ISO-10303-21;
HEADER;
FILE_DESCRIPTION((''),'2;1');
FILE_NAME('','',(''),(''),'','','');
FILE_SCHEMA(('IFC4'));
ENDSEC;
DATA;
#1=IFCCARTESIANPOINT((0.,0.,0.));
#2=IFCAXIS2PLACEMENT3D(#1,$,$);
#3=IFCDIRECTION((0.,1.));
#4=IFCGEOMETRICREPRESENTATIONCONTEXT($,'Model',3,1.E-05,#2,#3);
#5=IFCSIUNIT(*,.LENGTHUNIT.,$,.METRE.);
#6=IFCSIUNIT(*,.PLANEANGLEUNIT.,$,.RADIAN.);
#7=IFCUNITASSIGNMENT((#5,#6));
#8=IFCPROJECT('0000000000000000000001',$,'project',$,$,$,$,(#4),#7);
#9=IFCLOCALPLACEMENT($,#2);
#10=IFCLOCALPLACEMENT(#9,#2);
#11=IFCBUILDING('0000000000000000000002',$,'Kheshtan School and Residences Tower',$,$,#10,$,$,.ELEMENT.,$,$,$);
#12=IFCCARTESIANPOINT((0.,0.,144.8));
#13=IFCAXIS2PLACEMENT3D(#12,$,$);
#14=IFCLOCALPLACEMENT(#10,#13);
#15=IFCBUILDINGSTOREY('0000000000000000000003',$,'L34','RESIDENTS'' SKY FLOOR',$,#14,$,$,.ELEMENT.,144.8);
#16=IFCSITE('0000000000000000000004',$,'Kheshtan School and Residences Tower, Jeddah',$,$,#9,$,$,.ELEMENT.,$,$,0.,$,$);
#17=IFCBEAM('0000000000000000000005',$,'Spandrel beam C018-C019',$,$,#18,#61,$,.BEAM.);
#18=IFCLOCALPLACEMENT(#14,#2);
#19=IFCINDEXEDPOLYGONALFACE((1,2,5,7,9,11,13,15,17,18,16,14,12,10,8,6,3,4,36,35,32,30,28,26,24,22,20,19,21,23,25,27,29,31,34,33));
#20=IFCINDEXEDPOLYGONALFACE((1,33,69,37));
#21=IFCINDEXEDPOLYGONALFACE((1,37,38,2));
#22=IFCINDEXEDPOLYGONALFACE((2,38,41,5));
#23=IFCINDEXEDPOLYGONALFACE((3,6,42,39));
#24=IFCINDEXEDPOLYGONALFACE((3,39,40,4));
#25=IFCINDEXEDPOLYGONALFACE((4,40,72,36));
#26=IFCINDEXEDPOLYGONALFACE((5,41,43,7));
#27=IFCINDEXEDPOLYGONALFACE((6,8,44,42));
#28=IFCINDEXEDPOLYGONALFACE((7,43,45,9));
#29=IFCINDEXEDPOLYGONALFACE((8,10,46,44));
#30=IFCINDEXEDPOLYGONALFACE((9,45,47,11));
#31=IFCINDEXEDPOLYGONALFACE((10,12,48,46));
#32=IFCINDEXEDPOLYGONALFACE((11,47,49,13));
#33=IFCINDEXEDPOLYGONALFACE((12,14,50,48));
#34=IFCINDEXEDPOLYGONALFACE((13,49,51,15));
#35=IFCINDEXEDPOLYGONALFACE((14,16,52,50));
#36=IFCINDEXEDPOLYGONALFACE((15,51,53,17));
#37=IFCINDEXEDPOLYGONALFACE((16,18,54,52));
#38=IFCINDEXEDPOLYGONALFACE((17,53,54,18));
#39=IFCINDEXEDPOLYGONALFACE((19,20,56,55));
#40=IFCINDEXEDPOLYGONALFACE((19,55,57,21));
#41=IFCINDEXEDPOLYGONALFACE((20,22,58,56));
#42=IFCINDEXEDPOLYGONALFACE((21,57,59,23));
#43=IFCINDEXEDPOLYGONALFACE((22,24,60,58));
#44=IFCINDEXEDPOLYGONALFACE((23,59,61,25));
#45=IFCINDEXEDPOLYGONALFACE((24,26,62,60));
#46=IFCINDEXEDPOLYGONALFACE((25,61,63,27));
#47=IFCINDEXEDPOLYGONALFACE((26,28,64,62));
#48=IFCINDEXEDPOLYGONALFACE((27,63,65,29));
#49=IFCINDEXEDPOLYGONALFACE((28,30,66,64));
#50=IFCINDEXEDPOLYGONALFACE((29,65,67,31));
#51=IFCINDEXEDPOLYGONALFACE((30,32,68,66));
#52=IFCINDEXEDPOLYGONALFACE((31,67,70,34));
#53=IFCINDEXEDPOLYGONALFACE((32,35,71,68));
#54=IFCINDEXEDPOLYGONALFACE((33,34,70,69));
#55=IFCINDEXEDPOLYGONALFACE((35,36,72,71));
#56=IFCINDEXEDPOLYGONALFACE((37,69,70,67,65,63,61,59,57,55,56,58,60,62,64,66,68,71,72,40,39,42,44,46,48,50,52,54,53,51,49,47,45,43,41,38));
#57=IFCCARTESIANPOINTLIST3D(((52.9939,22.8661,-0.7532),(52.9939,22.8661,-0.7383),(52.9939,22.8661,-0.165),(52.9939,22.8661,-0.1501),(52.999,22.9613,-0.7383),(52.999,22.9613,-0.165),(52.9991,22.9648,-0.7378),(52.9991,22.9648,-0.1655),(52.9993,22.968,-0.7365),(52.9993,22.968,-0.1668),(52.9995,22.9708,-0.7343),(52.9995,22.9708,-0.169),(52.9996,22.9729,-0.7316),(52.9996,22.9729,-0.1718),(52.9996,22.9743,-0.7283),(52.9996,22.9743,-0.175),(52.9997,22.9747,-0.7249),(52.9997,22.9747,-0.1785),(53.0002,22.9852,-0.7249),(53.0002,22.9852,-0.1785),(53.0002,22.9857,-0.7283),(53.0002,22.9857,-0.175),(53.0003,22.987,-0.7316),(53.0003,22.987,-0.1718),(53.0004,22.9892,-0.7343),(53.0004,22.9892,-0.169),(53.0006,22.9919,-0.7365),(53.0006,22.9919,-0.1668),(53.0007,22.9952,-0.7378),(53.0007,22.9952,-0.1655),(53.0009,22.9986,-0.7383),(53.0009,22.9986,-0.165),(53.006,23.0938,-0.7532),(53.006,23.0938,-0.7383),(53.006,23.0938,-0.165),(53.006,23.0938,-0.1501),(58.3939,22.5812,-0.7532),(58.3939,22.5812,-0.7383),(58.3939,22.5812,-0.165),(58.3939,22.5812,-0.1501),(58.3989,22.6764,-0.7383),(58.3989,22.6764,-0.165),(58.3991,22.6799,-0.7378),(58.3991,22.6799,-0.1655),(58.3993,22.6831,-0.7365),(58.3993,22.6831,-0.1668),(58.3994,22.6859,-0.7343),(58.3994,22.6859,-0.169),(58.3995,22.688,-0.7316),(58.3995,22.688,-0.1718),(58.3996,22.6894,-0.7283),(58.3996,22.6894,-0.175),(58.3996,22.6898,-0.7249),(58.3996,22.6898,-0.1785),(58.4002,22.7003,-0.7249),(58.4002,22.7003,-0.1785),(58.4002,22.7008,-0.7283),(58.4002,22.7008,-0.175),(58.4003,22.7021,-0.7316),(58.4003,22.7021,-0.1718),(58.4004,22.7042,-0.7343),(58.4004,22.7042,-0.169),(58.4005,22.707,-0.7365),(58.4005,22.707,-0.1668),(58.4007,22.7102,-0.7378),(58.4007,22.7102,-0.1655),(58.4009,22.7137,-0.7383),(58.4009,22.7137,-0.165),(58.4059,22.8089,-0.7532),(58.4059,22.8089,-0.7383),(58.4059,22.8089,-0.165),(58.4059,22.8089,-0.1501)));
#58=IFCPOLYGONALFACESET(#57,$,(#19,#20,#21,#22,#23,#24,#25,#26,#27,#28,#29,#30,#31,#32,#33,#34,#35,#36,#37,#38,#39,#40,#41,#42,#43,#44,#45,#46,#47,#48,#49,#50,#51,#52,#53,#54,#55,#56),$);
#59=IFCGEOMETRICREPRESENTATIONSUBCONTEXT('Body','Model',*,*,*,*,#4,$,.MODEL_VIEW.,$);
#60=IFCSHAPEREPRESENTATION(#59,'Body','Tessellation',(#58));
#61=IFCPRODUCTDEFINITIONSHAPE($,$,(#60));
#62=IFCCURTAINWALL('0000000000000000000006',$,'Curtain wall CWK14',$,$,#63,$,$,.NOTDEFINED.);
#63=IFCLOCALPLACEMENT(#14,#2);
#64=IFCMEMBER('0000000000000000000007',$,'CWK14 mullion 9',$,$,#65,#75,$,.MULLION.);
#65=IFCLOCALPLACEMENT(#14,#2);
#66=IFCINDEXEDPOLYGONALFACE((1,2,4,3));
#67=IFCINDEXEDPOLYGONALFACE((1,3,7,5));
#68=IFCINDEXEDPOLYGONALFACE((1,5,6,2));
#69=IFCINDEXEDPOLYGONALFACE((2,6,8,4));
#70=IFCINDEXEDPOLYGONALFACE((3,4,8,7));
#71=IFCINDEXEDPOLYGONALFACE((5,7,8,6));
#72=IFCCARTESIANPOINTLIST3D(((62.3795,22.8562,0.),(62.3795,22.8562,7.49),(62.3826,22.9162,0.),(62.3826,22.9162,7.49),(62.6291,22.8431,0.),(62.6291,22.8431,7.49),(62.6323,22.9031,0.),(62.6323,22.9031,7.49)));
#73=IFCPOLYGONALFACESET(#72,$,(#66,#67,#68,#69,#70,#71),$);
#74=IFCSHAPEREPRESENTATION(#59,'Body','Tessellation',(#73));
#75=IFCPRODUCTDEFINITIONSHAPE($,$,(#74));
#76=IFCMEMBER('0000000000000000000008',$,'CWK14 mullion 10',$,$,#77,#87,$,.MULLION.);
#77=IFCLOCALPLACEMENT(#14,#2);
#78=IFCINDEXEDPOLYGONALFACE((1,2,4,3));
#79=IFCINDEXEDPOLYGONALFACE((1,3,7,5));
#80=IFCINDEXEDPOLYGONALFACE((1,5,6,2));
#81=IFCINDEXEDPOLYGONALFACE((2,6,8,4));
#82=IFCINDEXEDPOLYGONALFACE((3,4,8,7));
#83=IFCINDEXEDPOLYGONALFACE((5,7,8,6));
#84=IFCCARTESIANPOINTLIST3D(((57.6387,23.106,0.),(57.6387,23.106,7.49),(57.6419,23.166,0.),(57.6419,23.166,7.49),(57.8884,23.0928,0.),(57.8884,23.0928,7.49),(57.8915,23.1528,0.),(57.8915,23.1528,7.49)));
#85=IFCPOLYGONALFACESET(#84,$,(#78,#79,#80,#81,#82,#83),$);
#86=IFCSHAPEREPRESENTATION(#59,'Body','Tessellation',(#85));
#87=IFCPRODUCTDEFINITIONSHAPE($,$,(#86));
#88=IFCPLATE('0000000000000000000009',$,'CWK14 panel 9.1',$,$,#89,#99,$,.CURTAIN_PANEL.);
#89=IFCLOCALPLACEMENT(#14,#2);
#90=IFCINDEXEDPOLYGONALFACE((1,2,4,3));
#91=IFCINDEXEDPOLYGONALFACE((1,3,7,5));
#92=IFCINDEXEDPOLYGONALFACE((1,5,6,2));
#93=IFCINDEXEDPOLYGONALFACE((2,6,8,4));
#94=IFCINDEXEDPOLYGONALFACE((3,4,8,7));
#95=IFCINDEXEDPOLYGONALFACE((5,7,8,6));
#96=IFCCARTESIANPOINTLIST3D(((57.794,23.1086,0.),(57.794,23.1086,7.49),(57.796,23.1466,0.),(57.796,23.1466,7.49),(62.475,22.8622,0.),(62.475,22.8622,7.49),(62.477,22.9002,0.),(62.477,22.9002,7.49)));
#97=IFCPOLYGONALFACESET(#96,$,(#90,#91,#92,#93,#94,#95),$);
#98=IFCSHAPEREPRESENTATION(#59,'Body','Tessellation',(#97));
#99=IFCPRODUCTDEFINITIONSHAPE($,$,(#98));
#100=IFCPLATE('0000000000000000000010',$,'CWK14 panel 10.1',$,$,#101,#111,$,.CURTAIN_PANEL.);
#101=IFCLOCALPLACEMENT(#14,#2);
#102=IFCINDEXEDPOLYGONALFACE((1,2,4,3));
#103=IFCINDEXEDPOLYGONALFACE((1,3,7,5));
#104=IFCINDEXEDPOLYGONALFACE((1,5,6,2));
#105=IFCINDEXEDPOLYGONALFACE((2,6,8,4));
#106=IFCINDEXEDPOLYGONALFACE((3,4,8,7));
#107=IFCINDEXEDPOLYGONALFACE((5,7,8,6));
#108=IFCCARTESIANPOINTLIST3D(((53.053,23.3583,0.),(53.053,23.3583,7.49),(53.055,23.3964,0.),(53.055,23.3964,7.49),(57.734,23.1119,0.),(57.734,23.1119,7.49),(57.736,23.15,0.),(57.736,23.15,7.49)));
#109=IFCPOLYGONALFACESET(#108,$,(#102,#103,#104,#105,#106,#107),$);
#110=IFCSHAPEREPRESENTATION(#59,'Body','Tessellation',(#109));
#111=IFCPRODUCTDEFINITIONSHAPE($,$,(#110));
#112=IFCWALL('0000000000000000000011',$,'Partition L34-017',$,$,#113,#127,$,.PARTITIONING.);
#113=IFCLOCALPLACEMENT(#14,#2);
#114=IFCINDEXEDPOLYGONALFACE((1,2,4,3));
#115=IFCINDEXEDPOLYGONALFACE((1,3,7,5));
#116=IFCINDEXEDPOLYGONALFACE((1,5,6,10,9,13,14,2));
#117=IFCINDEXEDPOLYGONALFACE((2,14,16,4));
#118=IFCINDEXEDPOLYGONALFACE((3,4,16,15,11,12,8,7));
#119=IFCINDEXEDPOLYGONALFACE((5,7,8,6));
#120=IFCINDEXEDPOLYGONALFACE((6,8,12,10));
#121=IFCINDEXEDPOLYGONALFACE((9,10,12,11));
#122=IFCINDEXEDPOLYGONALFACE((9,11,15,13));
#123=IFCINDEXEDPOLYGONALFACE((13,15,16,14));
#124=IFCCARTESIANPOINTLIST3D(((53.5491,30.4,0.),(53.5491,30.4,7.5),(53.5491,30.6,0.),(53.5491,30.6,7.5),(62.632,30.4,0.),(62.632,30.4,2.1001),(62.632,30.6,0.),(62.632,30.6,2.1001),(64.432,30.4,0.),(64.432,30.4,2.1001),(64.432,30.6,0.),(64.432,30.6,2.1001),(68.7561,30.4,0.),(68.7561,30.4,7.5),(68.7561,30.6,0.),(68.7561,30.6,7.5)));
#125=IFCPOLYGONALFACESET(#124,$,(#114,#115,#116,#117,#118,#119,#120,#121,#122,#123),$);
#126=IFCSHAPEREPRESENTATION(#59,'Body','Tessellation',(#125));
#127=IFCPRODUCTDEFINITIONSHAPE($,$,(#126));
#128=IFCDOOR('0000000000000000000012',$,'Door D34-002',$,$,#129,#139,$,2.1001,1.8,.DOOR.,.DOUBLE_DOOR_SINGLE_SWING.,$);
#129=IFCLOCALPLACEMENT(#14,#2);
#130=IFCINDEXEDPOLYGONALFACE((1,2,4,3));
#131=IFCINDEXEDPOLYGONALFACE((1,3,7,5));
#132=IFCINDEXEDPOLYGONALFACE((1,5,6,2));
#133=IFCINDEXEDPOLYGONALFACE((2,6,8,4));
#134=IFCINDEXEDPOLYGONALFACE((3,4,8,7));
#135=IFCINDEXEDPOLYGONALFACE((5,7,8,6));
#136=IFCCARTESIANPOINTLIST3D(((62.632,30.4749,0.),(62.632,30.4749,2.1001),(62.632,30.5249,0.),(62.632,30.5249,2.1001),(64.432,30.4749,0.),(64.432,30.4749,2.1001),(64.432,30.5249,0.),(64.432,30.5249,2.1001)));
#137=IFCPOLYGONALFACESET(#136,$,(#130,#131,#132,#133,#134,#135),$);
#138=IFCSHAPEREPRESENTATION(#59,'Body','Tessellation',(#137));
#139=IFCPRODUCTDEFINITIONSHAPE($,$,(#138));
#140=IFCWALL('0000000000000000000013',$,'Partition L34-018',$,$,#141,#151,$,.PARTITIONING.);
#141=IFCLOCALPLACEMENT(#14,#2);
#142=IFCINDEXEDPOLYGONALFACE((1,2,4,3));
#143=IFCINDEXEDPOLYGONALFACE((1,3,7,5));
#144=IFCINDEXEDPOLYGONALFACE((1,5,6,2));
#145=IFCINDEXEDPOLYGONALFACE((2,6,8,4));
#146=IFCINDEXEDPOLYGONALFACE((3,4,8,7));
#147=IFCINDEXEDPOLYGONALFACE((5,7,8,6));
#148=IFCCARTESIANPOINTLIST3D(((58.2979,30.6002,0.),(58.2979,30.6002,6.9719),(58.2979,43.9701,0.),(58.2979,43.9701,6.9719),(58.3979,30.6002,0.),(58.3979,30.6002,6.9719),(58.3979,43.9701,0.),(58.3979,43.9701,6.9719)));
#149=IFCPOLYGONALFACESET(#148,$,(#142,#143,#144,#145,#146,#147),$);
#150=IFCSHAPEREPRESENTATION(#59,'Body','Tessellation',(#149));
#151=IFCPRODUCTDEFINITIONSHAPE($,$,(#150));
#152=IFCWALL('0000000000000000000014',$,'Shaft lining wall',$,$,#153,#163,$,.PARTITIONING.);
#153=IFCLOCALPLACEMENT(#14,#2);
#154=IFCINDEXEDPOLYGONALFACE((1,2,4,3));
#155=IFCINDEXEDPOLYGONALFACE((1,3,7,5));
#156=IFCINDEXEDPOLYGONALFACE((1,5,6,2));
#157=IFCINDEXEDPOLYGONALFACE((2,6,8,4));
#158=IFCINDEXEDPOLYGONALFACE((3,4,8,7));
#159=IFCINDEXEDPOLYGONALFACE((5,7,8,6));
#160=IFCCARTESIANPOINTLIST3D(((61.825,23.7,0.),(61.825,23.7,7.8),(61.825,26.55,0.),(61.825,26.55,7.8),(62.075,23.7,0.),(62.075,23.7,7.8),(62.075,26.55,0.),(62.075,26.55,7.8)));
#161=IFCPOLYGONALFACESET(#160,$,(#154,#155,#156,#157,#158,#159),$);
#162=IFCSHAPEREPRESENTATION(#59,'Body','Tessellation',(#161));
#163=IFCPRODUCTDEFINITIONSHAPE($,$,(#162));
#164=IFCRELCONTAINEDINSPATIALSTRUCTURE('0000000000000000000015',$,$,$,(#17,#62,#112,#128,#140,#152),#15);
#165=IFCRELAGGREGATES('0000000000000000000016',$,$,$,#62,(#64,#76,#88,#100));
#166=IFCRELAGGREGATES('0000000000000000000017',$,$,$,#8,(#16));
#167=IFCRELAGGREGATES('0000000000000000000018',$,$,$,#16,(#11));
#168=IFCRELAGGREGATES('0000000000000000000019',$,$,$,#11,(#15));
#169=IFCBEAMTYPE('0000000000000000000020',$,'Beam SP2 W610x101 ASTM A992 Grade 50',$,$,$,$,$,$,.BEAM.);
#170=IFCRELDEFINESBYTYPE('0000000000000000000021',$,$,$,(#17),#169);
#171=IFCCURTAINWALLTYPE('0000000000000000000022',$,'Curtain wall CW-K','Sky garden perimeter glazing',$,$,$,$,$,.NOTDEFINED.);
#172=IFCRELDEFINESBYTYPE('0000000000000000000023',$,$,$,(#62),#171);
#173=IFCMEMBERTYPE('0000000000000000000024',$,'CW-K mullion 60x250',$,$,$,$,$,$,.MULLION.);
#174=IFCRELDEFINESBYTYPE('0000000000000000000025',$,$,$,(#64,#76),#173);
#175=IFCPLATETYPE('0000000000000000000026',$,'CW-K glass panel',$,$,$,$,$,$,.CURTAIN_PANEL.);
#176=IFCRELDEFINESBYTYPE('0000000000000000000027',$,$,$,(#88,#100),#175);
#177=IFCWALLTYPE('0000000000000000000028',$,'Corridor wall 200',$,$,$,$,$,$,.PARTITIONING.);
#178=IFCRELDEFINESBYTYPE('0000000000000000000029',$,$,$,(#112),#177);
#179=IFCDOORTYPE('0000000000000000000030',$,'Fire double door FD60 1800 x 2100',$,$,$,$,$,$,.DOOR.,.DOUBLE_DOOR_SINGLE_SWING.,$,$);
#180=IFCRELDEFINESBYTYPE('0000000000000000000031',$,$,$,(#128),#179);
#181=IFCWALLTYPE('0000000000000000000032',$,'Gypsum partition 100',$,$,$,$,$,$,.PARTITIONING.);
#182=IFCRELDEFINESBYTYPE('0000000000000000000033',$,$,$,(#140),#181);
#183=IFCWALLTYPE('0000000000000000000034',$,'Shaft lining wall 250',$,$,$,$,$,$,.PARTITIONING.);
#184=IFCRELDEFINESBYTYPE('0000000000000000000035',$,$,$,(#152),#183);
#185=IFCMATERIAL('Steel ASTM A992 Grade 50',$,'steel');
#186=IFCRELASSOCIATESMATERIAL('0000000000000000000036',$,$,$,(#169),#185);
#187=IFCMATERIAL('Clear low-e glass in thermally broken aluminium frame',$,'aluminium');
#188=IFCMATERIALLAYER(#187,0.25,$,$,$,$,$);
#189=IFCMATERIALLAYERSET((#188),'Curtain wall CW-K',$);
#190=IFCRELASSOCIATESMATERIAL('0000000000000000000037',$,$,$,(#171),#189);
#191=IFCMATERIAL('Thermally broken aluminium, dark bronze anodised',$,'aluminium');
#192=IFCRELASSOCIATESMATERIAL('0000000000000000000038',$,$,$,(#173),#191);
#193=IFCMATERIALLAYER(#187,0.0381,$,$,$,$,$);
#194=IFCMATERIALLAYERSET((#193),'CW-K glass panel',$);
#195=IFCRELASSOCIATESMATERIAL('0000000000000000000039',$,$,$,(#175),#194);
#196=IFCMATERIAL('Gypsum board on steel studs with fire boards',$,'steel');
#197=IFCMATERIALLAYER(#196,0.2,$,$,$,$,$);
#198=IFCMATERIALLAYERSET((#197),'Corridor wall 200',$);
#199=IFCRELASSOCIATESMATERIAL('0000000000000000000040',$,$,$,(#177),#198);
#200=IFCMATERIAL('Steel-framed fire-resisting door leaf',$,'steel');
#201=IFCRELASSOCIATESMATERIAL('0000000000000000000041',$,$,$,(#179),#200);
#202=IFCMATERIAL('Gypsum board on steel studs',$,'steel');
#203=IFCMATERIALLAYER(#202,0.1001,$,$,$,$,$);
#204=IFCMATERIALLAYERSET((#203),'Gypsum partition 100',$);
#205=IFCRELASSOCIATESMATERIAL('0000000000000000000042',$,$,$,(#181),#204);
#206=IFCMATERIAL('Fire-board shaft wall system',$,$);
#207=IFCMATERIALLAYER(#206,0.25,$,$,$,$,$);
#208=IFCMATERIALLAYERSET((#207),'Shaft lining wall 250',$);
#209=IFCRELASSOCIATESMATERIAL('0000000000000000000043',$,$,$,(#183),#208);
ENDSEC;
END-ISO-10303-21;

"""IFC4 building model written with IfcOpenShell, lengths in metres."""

from ifc_helpers import new_model, si_unit, direction, frame, frame_2d, origin, origin_2d, place, context, subcontext, project, spatial, rectangle, i_section, extrude, source, transform, mapped, material, layer, layer_set, material_profile, profile_set, type_object, element, fill, aggregate, save


model = new_model("IFC4")

# Units and contexts
model_context = context("Model", 3, precision=1e-05, world=origin(), true_north=direction((0.0, 1.0)))
body_context = subcontext(model_context, "Body", "Model", "MODEL_VIEW")
ifc_project = project(units=[si_unit("LENGTHUNIT", "METRE"), si_unit("PLANEANGLEUNIT", "RADIAN")], contexts=[model_context])

# Site, building, storey
site_placement = place(None, origin())
site = spatial("IfcSite", under=ifc_project, at=site_placement, Name="Kheshtan School and Residences Tower, Jeddah", CompositionType="ELEMENT", RefElevation=0.0)
building_placement = place(site_placement, origin())
building = spatial("IfcBuilding", under=site, at=building_placement, Name="Kheshtan School and Residences Tower", CompositionType="ELEMENT")
storey_placement = place(building_placement, frame((0.0, 0.0, 144.8)))
storey = spatial("IfcBuildingStorey", under=building, at=storey_placement, Name="L34", Description="RESIDENTS' SKY FLOOR", CompositionType="ELEMENT", Elevation=144.8)

# Shared definitions
ifc_material_1 = material(Name="Steel ASTM A992 Grade 50", Category="steel")

# Beam
ifc_material_profile_1 = material_profile(ifc_material_1, i_section(OverallWidth=0.228, OverallDepth=0.603, WebThickness=0.0105, FlangeThickness=0.0149, FilletRadius=0.0134, at=origin_2d()), Name="W610x101")
ifc_profile_set_1 = profile_set([ifc_material_profile_1], Name="Steel ASTM A992 Grade 50")
beam_type_1 = type_object("IfcBeamType", Name="Beam SP2 W610x101 ASTM A992 Grade 50", PredefinedType="BEAM", material=ifc_profile_set_1)
beam_1_placement = place(storey_placement, frame((58.3999, 22.6951, -0.4517), z_axis=(-0.998611, 0.052689, 0.0), x_axis=(-0.052689, -0.998611, 0.0)))
element("IfcBeam", 1, at=beam_1_placement, inside=storey, type_object=beam_type_1, Name="Spandrel beam C018-C019", PredefinedType="BEAM", context=body_context, shape_type="SweptSolid", body=[
    extrude(i_section(OverallWidth=0.228, OverallDepth=0.603, WebThickness=0.0105, FlangeThickness=0.0149, FilletRadius=0.0134, at=origin_2d()), origin(), (0.0, 0.0, 1.0), 5.4075),
])

# Curtain wall, members, plates
ifc_material_2 = material(Name="Clear low-e glass in thermally broken aluminium frame", Category="aluminium")
ifc_layer_1 = layer(ifc_material_2, 0.25)
ifc_layer_set_1 = layer_set([ifc_layer_1], Name="Curtain wall CW-K")
curtain_wall_type = type_object("IfcCurtainWallType", Name="Curtain wall CW-K", Description="Sky garden perimeter glazing", PredefinedType="NOTDEFINED", material=ifc_layer_set_1)
curtain_wall_placement = place(storey_placement, origin())
curtain_wall = element("IfcCurtainWall", 2, at=curtain_wall_placement, inside=storey, type_object=curtain_wall_type, Name="Curtain wall CWK14", PredefinedType="NOTDEFINED")
ifc_material_3 = material(Name="Thermally broken aluminium, dark bronze anodised", Category="aluminium")
ifc_material_profile_2 = material_profile(ifc_material_3, rectangle(XDim=0.0601, YDim=0.25, at=origin_2d()), Name="CW-K mullion 60x250")
ifc_profile_set_2 = profile_set([ifc_material_profile_2], Name="Thermally broken aluminium, dark bronze anodised")
member_type = type_object("IfcMemberType", Name="CW-K mullion 60x250", PredefinedType="MULLION", material=ifc_profile_set_2)
member_1_placement = place(storey_placement, frame((62.5059, 22.8796, 0.0), z_axis=(0.0, 0.0, 1.0), x_axis=(-0.05257, -0.998617, 0.0)))
member_1 = element("IfcMember", 3, at=member_1_placement, type_object=member_type, Name="CWK14 mullion 9", PredefinedType="MULLION", context=body_context, shape_type="SweptSolid", body=[
    extrude(rectangle(XDim=0.0601, YDim=0.25, at=origin_2d()), origin(), (0.0, 0.0, 1.0), 7.49),
])
member_2_placement = place(storey_placement, frame((57.7651, 23.1294, 0.0), z_axis=(0.0, 0.0, 1.0), x_axis=(-0.05257, -0.998617, 0.0)))
member_2 = element("IfcMember", 4, at=member_2_placement, type_object=member_type, Name="CWK14 mullion 10", PredefinedType="MULLION", context=body_context, shape_type="SweptSolid", body=[
    extrude(rectangle(XDim=0.0601, YDim=0.25, at=origin_2d()), origin(), (0.0, 0.0, 1.0), 7.49),
])
ifc_layer_2 = layer(ifc_material_2, 0.0381)
ifc_layer_set_2 = layer_set([ifc_layer_2], Name="CW-K glass panel")
plate_type = type_object("IfcPlateType", Name="CW-K glass panel", PredefinedType="CURTAIN_PANEL", material=ifc_layer_set_2)
plate_1_placement = place(storey_placement, frame((60.1355, 23.0044, 0.0), z_axis=(0.0, 0.0, 1.0), x_axis=(-0.998617, 0.05257, 0.0)))
plate_1 = element("IfcPlate", 5, at=plate_1_placement, type_object=plate_type, Name="CWK14 panel 9.1", PredefinedType="CURTAIN_PANEL", context=body_context, shape_type="SweptSolid", body=[
    extrude(rectangle(XDim=4.6875, YDim=0.0381, at=origin_2d()), origin(), (0.0, 0.0, 1.0), 7.49),
])
plate_2_placement = place(storey_placement, frame((55.3945, 23.2542, 0.0), z_axis=(0.0, 0.0, 1.0), x_axis=(-0.998617, 0.05257, 0.0)))
plate_2 = element("IfcPlate", 6, at=plate_2_placement, type_object=plate_type, Name="CWK14 panel 10.1", PredefinedType="CURTAIN_PANEL", context=body_context, shape_type="SweptSolid", body=[
    extrude(rectangle(XDim=4.6875, YDim=0.0381, at=origin_2d()), origin(), (0.0, 0.0, 1.0), 7.49),
])
aggregate(curtain_wall, [member_1, member_2, plate_1, plate_2])

# Wall, opening, door
ifc_material_4 = material(Name="Gypsum board on steel studs with fire boards", Category="steel")
ifc_layer_3 = layer(ifc_material_4, 0.2)
ifc_layer_set_3 = layer_set([ifc_layer_3], Name="Corridor wall 200")
wall_type_1 = type_object("IfcWallType", Name="Corridor wall 200", PredefinedType="PARTITIONING", material=ifc_layer_set_3)
wall_1_placement = place(storey_placement, frame((53.5491, 30.5, 0.0), z_axis=(0.0, 0.0, 1.0), x_axis=(1.0, 0.0, 0.0)))
wall_1 = element("IfcWall", 7, at=wall_1_placement, inside=storey, type_object=wall_type_1, Name="Partition L34-017", PredefinedType="PARTITIONING", context=body_context, shape_type="SweptSolid", body=[
    extrude(rectangle(XDim=15.207, YDim=0.2, at=frame_2d((7.6035, 0.0))), origin(), (0.0, 0.0, 1.0), 7.5),
])
opening_1_placement = place(wall_1_placement, frame((9.083, 0.0, 0.0)))
opening_1 = element("IfcOpeningElement", 8, at=opening_1_placement, cuts=wall_1, PredefinedType="OPENING", context=body_context, shape_type="SweptSolid", body=[
    extrude(rectangle(XDim=1.8, YDim=2.1001, at=frame_2d((0.8999, 1.05))), frame((0.0, 0.1099, 0.0), z_axis=(0.0, -1.0, 0.0), x_axis=(1.0, 0.0, 0.0)), (0.0, 0.0, 1.0), 0.22),
])
ifc_material_5 = material(Name="Steel-framed fire-resisting door leaf", Category="steel")
door_type_1 = type_object("IfcDoorType", Name="Fire double door FD60 1800 x 2100", OperationType="DOUBLE_DOOR_SINGLE_SWING", PredefinedType="DOOR", material=ifc_material_5)
shared_shape_1 = source(origin(), body_context, "Body", "SweptSolid", [
    extrude(rectangle(XDim=1.8, YDim=2.1001, at=frame_2d((0.8999, 1.05))), frame((0.0, 0.0249, 0.0), z_axis=(0.0, -1.0, 0.0), x_axis=(1.0, 0.0, 0.0)), (0.0, 0.0, 1.0), 0.05),
])
door_1_placement = place(opening_1_placement, origin())
door_1 = element("IfcDoor", 9, at=door_1_placement, inside=storey, type_object=door_type_1, Name="Door D34-002", OperationType="DOUBLE_DOOR_SINGLE_SWING", OverallHeight=2.1001, OverallWidth=1.8, PredefinedType="DOOR", context=body_context, shape_type="MappedRepresentation", body=[
    mapped(shared_shape_1, transform((0.0, 0.0, 0.0), x_axis=(1.0, 0.0, 0.0), y_axis=(0.0, 1.0, 0.0), z_axis=(0.0, 0.0, 1.0), scale=1.0)),
])
fill(opening_1, door_1)

# Walls
ifc_material_6 = material(Name="Gypsum board on steel studs", Category="steel")
ifc_layer_4 = layer(ifc_material_6, 0.1001)
ifc_layer_set_4 = layer_set([ifc_layer_4], Name="Gypsum partition 100")
wall_type_2 = type_object("IfcWallType", Name="Gypsum partition 100", PredefinedType="PARTITIONING", material=ifc_layer_set_4)
wall_2_placement = place(storey_placement, frame((58.3479, 30.6001, 0.0), z_axis=(0.0, 0.0, 1.0), x_axis=(0.0, 1.0, 0.0)))
element("IfcWall", 10, at=wall_2_placement, inside=storey, type_object=wall_type_2, Name="Partition L34-018", PredefinedType="PARTITIONING", context=body_context, shape_type="SweptSolid", body=[
    extrude(rectangle(XDim=13.3699, YDim=0.1001, at=frame_2d((6.6851, 0.0))), origin(), (0.0, 0.0, 1.0), 6.9719),
])
ifc_material_7 = material(Name="Fire-board shaft wall system")
ifc_layer_5 = layer(ifc_material_7, 0.25)
ifc_layer_set_5 = layer_set([ifc_layer_5], Name="Shaft lining wall 250")
wall_type_3 = type_object("IfcWallType", Name="Shaft lining wall 250", PredefinedType="PARTITIONING", material=ifc_layer_set_5)
wall_3_placement = place(storey_placement, frame((61.95, 23.7, 0.0), z_axis=(0.0, 0.0, 1.0), x_axis=(0.0, 1.0, 0.0)))
element("IfcWall", 11, at=wall_3_placement, inside=storey, type_object=wall_type_3, Name="Shaft lining wall", PredefinedType="PARTITIONING", context=body_context, shape_type="SweptSolid", body=[
    extrude(rectangle(XDim=2.8501, YDim=0.25, at=frame_2d((1.425, 0.0))), origin(), (0.0, 0.0, 1.0), 7.8),
])

save(model, "model.ifc")
